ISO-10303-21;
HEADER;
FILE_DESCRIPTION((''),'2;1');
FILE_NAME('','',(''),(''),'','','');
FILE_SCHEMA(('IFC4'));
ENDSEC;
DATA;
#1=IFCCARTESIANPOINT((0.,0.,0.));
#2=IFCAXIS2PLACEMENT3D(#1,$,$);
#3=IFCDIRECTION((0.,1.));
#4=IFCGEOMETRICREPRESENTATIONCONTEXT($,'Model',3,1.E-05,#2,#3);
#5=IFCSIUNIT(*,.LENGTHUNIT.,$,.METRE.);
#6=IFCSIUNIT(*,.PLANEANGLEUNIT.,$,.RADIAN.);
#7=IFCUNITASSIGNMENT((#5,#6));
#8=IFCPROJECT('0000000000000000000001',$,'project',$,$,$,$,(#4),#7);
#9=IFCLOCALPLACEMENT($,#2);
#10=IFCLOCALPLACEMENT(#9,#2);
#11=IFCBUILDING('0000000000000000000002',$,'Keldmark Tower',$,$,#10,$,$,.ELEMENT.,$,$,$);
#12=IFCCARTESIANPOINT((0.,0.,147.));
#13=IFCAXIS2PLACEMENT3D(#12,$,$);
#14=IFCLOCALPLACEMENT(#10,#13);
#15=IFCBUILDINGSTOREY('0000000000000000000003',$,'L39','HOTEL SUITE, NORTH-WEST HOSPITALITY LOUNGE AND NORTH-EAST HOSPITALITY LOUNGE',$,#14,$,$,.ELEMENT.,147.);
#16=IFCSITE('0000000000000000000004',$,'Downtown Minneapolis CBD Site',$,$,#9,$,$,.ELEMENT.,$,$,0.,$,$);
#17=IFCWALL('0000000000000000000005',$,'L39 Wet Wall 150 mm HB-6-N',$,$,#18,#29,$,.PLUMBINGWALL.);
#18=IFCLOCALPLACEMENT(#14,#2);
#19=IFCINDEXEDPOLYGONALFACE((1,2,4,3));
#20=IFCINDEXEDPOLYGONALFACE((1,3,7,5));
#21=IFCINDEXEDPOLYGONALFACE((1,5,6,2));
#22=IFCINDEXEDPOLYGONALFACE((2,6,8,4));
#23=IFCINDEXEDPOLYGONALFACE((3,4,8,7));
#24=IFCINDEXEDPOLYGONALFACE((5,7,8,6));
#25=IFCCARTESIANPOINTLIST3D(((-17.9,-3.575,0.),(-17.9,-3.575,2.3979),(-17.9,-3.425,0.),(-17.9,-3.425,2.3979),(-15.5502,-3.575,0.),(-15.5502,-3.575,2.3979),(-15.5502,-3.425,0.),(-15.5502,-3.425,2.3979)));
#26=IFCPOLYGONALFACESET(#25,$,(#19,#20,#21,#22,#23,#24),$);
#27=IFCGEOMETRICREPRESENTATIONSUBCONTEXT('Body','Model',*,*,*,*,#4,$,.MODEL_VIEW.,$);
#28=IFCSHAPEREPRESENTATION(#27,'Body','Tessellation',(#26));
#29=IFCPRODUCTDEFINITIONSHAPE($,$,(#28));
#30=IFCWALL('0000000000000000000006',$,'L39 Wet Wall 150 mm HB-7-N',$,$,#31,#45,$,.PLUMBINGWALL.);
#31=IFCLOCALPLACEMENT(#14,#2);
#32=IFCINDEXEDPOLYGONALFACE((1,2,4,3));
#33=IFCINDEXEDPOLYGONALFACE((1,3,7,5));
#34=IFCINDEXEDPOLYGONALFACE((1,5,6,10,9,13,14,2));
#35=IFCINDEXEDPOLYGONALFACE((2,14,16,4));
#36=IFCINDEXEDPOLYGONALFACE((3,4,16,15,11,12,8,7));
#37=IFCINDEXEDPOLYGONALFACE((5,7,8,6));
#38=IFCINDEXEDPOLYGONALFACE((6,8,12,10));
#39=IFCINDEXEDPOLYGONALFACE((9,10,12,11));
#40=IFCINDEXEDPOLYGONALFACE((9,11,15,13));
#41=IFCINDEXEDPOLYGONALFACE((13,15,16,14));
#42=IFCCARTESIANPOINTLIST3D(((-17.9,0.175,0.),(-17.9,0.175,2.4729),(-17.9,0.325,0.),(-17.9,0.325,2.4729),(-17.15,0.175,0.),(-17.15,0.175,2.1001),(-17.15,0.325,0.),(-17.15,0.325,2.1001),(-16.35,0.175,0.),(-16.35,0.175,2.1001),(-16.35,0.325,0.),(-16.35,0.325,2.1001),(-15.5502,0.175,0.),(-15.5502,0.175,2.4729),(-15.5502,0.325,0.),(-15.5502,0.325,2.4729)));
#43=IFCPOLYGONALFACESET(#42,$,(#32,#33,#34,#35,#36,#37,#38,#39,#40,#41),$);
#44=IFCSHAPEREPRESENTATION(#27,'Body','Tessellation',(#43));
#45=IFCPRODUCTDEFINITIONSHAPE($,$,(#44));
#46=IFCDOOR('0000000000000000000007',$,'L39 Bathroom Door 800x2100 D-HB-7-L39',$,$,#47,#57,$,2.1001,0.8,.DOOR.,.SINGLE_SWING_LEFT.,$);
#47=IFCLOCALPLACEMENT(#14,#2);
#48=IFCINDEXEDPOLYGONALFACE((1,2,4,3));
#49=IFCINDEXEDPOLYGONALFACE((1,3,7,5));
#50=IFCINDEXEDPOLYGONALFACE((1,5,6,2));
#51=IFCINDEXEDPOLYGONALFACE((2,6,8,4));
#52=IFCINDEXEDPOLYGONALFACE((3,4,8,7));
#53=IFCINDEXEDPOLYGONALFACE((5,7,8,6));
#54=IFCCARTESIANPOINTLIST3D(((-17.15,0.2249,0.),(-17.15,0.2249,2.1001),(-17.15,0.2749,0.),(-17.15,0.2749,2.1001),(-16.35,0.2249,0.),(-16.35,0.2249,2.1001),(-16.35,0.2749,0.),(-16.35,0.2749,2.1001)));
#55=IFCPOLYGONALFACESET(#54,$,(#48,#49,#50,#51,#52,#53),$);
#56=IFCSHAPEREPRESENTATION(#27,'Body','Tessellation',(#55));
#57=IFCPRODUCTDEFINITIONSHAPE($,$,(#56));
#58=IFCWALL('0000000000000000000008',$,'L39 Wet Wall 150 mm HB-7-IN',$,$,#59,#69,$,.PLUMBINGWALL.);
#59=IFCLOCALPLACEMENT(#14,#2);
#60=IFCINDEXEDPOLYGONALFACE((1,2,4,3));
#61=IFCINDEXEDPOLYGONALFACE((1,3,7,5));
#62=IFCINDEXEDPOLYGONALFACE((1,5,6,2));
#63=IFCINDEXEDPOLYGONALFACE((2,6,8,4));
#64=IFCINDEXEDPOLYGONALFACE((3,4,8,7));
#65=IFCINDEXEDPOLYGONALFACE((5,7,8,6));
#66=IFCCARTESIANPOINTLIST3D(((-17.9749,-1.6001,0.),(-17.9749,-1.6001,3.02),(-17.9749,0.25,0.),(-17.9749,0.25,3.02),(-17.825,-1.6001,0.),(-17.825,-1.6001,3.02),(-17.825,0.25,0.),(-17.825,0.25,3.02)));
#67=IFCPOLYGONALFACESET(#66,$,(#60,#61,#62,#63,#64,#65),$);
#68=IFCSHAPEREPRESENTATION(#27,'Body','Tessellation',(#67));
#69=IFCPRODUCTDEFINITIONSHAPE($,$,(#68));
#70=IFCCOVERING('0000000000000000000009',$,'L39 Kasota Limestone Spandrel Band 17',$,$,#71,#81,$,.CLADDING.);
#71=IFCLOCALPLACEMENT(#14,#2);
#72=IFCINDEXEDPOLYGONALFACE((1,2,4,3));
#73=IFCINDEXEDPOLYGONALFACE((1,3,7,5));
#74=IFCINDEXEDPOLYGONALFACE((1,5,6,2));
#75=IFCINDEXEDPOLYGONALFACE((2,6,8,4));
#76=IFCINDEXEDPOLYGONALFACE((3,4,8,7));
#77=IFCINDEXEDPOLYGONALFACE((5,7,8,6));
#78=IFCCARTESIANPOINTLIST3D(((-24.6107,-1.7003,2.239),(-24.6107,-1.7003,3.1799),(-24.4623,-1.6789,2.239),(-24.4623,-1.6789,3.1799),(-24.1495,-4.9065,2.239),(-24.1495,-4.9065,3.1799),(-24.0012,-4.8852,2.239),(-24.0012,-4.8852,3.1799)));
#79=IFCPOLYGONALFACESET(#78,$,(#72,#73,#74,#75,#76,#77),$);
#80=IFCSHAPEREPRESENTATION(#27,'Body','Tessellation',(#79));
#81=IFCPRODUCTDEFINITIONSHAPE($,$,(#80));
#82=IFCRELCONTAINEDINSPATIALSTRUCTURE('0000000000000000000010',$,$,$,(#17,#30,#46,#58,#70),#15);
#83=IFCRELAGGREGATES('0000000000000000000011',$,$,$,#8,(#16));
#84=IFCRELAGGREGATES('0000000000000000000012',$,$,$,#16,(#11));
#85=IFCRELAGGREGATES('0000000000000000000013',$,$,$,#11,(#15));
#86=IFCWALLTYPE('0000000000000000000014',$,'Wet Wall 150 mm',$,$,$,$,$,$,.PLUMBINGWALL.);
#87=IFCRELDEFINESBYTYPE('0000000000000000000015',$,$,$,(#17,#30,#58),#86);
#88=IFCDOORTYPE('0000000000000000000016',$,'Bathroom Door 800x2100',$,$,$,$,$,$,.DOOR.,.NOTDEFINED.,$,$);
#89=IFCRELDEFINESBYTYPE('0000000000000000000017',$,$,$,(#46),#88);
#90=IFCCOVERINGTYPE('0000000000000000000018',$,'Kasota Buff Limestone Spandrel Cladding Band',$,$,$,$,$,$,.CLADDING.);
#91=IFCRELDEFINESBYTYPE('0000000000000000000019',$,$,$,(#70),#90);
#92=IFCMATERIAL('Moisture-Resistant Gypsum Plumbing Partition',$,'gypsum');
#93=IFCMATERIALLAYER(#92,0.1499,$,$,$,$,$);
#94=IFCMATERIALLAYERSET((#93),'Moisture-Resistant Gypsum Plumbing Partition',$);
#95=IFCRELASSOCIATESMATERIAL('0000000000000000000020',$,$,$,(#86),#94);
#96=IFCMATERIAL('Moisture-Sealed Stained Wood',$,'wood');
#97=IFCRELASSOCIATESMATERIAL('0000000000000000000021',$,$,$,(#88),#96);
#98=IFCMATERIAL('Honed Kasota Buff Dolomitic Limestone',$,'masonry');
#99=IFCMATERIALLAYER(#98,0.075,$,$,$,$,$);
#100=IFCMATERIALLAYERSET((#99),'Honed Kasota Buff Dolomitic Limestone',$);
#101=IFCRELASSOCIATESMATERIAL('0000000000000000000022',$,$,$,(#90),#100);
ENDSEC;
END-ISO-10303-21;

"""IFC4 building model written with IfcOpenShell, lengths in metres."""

from ifc_helpers import new_model, si_unit, direction, frame, frame_2d, origin, origin_2d, place, context, subcontext, project, spatial, rectangle, extrude, material, layer, layer_set, type_object, element, fill, save


model = new_model("IFC4")

# Units and contexts
model_context = context("Model", 3, precision=1e-05, world=origin(), true_north=direction((0.0, 1.0)))
body_context = subcontext(model_context, "Body", "Model", "MODEL_VIEW")
ifc_project = project(units=[si_unit("LENGTHUNIT", "METRE"), si_unit("PLANEANGLEUNIT", "RADIAN")], contexts=[model_context])

# Site, building, storey
site_placement = place(None, origin())
site = spatial("IfcSite", under=ifc_project, at=site_placement, Name="Downtown Minneapolis CBD Site", CompositionType="ELEMENT", RefElevation=0.0)
building_placement = place(site_placement, origin())
building = spatial("IfcBuilding", under=site, at=building_placement, Name="Keldmark Tower", CompositionType="ELEMENT")
storey_placement = place(building_placement, frame((0.0, 0.0, 147.0)))
storey = spatial("IfcBuildingStorey", under=building, at=storey_placement, Name="L39", Description="HOTEL SUITE, NORTH-WEST HOSPITALITY LOUNGE AND NORTH-EAST HOSPITALITY LOUNGE", CompositionType="ELEMENT", Elevation=147.0)

# Wall
ifc_material_1 = material(Name="Moisture-Resistant Gypsum Plumbing Partition", Category="gypsum")
ifc_layer_1 = layer(ifc_material_1, 0.1499)
ifc_layer_set_1 = layer_set([ifc_layer_1], Name="Moisture-Resistant Gypsum Plumbing Partition")
wall_type_1 = type_object("IfcWallType", Name="Wet Wall 150 mm", PredefinedType="PLUMBINGWALL", material=ifc_layer_set_1)
wall_1_placement = place(storey_placement, frame((-17.8999, -3.5, 0.0), z_axis=(0.0, 0.0, 1.0), x_axis=(1.0, 0.0, 0.0)))
element("IfcWall", 1, at=wall_1_placement, inside=storey, type_object=wall_type_1, Name="L39 Wet Wall 150 mm HB-6-N", PredefinedType="PLUMBINGWALL", context=body_context, shape_type="SweptSolid", body=[
    extrude(rectangle(XDim=2.3499, YDim=0.1499, at=frame_2d((1.1748, 0.0))), origin(), (0.0, 0.0, 1.0), 2.3979),
])

# Wall, opening, door
wall_2_placement = place(storey_placement, frame((-17.8999, 0.25, 0.0), z_axis=(0.0, 0.0, 1.0), x_axis=(1.0, 0.0, 0.0)))
wall_2 = element("IfcWall", 2, at=wall_2_placement, inside=storey, type_object=wall_type_1, Name="L39 Wet Wall 150 mm HB-7-N", PredefinedType="PLUMBINGWALL", context=body_context, shape_type="SweptSolid", body=[
    extrude(rectangle(XDim=2.3499, YDim=0.1499, at=frame_2d((1.1748, 0.0))), origin(), (0.0, 0.0, 1.0), 2.4729),
])
opening_1_placement = place(wall_2_placement, frame((0.75, 0.0, 0.0)))
opening_1 = element("IfcOpeningElement", 3, at=opening_1_placement, cuts=wall_2, PredefinedType="OPENING", context=body_context, shape_type="SweptSolid", body=[
    extrude(rectangle(XDim=0.8, YDim=2.1001, at=frame_2d((0.3999, 1.05))), frame((0.0, 0.085, 0.0), z_axis=(0.0, -1.0, 0.0), x_axis=(1.0, 0.0, 0.0)), (0.0, 0.0, 1.0), 0.1699),
])
ifc_material_2 = material(Name="Moisture-Sealed Stained Wood", Category="wood")
door_type = type_object("IfcDoorType", Name="Bathroom Door 800x2100", OperationType="NOTDEFINED", PredefinedType="DOOR", material=ifc_material_2)
door_placement = place(opening_1_placement, origin())
door = element("IfcDoor", 4, at=door_placement, inside=storey, type_object=door_type, Name="L39 Bathroom Door 800x2100 D-HB-7-L39", OperationType="SINGLE_SWING_LEFT", OverallHeight=2.1001, OverallWidth=0.8, PredefinedType="DOOR", context=body_context, shape_type="SweptSolid", body=[
    extrude(rectangle(XDim=0.8, YDim=2.1001, at=frame_2d((0.3999, 1.05))), frame((0.0, 0.0249, 0.0), z_axis=(0.0, -1.0, 0.0), x_axis=(1.0, 0.0, 0.0)), (0.0, 0.0, 1.0), 0.05),
])
fill(opening_1, door)

# Wall
wall_3_placement = place(storey_placement, frame((-17.8999, -1.6001, 0.0), z_axis=(0.0, 0.0, 1.0), x_axis=(0.0, 1.0, 0.0)))
element("IfcWall", 5, at=wall_3_placement, inside=storey, type_object=wall_type_1, Name="L39 Wet Wall 150 mm HB-7-IN", PredefinedType="PLUMBINGWALL", context=body_context, shape_type="SweptSolid", body=[
    extrude(rectangle(XDim=1.8501, YDim=0.1499, at=frame_2d((0.925, 0.0))), origin(), (0.0, 0.0, 1.0), 3.02),
])

# Covering
ifc_material_3 = material(Name="Honed Kasota Buff Dolomitic Limestone", Category="masonry")
ifc_layer_2 = layer(ifc_material_3, 0.075)
ifc_layer_set_2 = layer_set([ifc_layer_2], Name="Honed Kasota Buff Dolomitic Limestone")
covering_type = type_object("IfcCoveringType", Name="Kasota Buff Limestone Spandrel Cladding Band", PredefinedType="CLADDING", material=ifc_layer_set_2)
covering_placement = place(storey_placement, frame((-24.3059, -3.2927, 2.239), z_axis=(0.0, 0.0, 1.0), x_axis=(0.142353, -0.989816, 0.0)))
element("IfcCovering", 6, at=covering_placement, inside=storey, type_object=covering_type, Name="L39 Kasota Limestone Spandrel Band 17", PredefinedType="CLADDING", context=body_context, shape_type="SweptSolid", body=[
    extrude(rectangle(XDim=3.2393, YDim=0.1499, at=origin_2d()), origin(), (0.0, 0.0, 1.0), 0.9409),
])

save(model, "model.ifc")
